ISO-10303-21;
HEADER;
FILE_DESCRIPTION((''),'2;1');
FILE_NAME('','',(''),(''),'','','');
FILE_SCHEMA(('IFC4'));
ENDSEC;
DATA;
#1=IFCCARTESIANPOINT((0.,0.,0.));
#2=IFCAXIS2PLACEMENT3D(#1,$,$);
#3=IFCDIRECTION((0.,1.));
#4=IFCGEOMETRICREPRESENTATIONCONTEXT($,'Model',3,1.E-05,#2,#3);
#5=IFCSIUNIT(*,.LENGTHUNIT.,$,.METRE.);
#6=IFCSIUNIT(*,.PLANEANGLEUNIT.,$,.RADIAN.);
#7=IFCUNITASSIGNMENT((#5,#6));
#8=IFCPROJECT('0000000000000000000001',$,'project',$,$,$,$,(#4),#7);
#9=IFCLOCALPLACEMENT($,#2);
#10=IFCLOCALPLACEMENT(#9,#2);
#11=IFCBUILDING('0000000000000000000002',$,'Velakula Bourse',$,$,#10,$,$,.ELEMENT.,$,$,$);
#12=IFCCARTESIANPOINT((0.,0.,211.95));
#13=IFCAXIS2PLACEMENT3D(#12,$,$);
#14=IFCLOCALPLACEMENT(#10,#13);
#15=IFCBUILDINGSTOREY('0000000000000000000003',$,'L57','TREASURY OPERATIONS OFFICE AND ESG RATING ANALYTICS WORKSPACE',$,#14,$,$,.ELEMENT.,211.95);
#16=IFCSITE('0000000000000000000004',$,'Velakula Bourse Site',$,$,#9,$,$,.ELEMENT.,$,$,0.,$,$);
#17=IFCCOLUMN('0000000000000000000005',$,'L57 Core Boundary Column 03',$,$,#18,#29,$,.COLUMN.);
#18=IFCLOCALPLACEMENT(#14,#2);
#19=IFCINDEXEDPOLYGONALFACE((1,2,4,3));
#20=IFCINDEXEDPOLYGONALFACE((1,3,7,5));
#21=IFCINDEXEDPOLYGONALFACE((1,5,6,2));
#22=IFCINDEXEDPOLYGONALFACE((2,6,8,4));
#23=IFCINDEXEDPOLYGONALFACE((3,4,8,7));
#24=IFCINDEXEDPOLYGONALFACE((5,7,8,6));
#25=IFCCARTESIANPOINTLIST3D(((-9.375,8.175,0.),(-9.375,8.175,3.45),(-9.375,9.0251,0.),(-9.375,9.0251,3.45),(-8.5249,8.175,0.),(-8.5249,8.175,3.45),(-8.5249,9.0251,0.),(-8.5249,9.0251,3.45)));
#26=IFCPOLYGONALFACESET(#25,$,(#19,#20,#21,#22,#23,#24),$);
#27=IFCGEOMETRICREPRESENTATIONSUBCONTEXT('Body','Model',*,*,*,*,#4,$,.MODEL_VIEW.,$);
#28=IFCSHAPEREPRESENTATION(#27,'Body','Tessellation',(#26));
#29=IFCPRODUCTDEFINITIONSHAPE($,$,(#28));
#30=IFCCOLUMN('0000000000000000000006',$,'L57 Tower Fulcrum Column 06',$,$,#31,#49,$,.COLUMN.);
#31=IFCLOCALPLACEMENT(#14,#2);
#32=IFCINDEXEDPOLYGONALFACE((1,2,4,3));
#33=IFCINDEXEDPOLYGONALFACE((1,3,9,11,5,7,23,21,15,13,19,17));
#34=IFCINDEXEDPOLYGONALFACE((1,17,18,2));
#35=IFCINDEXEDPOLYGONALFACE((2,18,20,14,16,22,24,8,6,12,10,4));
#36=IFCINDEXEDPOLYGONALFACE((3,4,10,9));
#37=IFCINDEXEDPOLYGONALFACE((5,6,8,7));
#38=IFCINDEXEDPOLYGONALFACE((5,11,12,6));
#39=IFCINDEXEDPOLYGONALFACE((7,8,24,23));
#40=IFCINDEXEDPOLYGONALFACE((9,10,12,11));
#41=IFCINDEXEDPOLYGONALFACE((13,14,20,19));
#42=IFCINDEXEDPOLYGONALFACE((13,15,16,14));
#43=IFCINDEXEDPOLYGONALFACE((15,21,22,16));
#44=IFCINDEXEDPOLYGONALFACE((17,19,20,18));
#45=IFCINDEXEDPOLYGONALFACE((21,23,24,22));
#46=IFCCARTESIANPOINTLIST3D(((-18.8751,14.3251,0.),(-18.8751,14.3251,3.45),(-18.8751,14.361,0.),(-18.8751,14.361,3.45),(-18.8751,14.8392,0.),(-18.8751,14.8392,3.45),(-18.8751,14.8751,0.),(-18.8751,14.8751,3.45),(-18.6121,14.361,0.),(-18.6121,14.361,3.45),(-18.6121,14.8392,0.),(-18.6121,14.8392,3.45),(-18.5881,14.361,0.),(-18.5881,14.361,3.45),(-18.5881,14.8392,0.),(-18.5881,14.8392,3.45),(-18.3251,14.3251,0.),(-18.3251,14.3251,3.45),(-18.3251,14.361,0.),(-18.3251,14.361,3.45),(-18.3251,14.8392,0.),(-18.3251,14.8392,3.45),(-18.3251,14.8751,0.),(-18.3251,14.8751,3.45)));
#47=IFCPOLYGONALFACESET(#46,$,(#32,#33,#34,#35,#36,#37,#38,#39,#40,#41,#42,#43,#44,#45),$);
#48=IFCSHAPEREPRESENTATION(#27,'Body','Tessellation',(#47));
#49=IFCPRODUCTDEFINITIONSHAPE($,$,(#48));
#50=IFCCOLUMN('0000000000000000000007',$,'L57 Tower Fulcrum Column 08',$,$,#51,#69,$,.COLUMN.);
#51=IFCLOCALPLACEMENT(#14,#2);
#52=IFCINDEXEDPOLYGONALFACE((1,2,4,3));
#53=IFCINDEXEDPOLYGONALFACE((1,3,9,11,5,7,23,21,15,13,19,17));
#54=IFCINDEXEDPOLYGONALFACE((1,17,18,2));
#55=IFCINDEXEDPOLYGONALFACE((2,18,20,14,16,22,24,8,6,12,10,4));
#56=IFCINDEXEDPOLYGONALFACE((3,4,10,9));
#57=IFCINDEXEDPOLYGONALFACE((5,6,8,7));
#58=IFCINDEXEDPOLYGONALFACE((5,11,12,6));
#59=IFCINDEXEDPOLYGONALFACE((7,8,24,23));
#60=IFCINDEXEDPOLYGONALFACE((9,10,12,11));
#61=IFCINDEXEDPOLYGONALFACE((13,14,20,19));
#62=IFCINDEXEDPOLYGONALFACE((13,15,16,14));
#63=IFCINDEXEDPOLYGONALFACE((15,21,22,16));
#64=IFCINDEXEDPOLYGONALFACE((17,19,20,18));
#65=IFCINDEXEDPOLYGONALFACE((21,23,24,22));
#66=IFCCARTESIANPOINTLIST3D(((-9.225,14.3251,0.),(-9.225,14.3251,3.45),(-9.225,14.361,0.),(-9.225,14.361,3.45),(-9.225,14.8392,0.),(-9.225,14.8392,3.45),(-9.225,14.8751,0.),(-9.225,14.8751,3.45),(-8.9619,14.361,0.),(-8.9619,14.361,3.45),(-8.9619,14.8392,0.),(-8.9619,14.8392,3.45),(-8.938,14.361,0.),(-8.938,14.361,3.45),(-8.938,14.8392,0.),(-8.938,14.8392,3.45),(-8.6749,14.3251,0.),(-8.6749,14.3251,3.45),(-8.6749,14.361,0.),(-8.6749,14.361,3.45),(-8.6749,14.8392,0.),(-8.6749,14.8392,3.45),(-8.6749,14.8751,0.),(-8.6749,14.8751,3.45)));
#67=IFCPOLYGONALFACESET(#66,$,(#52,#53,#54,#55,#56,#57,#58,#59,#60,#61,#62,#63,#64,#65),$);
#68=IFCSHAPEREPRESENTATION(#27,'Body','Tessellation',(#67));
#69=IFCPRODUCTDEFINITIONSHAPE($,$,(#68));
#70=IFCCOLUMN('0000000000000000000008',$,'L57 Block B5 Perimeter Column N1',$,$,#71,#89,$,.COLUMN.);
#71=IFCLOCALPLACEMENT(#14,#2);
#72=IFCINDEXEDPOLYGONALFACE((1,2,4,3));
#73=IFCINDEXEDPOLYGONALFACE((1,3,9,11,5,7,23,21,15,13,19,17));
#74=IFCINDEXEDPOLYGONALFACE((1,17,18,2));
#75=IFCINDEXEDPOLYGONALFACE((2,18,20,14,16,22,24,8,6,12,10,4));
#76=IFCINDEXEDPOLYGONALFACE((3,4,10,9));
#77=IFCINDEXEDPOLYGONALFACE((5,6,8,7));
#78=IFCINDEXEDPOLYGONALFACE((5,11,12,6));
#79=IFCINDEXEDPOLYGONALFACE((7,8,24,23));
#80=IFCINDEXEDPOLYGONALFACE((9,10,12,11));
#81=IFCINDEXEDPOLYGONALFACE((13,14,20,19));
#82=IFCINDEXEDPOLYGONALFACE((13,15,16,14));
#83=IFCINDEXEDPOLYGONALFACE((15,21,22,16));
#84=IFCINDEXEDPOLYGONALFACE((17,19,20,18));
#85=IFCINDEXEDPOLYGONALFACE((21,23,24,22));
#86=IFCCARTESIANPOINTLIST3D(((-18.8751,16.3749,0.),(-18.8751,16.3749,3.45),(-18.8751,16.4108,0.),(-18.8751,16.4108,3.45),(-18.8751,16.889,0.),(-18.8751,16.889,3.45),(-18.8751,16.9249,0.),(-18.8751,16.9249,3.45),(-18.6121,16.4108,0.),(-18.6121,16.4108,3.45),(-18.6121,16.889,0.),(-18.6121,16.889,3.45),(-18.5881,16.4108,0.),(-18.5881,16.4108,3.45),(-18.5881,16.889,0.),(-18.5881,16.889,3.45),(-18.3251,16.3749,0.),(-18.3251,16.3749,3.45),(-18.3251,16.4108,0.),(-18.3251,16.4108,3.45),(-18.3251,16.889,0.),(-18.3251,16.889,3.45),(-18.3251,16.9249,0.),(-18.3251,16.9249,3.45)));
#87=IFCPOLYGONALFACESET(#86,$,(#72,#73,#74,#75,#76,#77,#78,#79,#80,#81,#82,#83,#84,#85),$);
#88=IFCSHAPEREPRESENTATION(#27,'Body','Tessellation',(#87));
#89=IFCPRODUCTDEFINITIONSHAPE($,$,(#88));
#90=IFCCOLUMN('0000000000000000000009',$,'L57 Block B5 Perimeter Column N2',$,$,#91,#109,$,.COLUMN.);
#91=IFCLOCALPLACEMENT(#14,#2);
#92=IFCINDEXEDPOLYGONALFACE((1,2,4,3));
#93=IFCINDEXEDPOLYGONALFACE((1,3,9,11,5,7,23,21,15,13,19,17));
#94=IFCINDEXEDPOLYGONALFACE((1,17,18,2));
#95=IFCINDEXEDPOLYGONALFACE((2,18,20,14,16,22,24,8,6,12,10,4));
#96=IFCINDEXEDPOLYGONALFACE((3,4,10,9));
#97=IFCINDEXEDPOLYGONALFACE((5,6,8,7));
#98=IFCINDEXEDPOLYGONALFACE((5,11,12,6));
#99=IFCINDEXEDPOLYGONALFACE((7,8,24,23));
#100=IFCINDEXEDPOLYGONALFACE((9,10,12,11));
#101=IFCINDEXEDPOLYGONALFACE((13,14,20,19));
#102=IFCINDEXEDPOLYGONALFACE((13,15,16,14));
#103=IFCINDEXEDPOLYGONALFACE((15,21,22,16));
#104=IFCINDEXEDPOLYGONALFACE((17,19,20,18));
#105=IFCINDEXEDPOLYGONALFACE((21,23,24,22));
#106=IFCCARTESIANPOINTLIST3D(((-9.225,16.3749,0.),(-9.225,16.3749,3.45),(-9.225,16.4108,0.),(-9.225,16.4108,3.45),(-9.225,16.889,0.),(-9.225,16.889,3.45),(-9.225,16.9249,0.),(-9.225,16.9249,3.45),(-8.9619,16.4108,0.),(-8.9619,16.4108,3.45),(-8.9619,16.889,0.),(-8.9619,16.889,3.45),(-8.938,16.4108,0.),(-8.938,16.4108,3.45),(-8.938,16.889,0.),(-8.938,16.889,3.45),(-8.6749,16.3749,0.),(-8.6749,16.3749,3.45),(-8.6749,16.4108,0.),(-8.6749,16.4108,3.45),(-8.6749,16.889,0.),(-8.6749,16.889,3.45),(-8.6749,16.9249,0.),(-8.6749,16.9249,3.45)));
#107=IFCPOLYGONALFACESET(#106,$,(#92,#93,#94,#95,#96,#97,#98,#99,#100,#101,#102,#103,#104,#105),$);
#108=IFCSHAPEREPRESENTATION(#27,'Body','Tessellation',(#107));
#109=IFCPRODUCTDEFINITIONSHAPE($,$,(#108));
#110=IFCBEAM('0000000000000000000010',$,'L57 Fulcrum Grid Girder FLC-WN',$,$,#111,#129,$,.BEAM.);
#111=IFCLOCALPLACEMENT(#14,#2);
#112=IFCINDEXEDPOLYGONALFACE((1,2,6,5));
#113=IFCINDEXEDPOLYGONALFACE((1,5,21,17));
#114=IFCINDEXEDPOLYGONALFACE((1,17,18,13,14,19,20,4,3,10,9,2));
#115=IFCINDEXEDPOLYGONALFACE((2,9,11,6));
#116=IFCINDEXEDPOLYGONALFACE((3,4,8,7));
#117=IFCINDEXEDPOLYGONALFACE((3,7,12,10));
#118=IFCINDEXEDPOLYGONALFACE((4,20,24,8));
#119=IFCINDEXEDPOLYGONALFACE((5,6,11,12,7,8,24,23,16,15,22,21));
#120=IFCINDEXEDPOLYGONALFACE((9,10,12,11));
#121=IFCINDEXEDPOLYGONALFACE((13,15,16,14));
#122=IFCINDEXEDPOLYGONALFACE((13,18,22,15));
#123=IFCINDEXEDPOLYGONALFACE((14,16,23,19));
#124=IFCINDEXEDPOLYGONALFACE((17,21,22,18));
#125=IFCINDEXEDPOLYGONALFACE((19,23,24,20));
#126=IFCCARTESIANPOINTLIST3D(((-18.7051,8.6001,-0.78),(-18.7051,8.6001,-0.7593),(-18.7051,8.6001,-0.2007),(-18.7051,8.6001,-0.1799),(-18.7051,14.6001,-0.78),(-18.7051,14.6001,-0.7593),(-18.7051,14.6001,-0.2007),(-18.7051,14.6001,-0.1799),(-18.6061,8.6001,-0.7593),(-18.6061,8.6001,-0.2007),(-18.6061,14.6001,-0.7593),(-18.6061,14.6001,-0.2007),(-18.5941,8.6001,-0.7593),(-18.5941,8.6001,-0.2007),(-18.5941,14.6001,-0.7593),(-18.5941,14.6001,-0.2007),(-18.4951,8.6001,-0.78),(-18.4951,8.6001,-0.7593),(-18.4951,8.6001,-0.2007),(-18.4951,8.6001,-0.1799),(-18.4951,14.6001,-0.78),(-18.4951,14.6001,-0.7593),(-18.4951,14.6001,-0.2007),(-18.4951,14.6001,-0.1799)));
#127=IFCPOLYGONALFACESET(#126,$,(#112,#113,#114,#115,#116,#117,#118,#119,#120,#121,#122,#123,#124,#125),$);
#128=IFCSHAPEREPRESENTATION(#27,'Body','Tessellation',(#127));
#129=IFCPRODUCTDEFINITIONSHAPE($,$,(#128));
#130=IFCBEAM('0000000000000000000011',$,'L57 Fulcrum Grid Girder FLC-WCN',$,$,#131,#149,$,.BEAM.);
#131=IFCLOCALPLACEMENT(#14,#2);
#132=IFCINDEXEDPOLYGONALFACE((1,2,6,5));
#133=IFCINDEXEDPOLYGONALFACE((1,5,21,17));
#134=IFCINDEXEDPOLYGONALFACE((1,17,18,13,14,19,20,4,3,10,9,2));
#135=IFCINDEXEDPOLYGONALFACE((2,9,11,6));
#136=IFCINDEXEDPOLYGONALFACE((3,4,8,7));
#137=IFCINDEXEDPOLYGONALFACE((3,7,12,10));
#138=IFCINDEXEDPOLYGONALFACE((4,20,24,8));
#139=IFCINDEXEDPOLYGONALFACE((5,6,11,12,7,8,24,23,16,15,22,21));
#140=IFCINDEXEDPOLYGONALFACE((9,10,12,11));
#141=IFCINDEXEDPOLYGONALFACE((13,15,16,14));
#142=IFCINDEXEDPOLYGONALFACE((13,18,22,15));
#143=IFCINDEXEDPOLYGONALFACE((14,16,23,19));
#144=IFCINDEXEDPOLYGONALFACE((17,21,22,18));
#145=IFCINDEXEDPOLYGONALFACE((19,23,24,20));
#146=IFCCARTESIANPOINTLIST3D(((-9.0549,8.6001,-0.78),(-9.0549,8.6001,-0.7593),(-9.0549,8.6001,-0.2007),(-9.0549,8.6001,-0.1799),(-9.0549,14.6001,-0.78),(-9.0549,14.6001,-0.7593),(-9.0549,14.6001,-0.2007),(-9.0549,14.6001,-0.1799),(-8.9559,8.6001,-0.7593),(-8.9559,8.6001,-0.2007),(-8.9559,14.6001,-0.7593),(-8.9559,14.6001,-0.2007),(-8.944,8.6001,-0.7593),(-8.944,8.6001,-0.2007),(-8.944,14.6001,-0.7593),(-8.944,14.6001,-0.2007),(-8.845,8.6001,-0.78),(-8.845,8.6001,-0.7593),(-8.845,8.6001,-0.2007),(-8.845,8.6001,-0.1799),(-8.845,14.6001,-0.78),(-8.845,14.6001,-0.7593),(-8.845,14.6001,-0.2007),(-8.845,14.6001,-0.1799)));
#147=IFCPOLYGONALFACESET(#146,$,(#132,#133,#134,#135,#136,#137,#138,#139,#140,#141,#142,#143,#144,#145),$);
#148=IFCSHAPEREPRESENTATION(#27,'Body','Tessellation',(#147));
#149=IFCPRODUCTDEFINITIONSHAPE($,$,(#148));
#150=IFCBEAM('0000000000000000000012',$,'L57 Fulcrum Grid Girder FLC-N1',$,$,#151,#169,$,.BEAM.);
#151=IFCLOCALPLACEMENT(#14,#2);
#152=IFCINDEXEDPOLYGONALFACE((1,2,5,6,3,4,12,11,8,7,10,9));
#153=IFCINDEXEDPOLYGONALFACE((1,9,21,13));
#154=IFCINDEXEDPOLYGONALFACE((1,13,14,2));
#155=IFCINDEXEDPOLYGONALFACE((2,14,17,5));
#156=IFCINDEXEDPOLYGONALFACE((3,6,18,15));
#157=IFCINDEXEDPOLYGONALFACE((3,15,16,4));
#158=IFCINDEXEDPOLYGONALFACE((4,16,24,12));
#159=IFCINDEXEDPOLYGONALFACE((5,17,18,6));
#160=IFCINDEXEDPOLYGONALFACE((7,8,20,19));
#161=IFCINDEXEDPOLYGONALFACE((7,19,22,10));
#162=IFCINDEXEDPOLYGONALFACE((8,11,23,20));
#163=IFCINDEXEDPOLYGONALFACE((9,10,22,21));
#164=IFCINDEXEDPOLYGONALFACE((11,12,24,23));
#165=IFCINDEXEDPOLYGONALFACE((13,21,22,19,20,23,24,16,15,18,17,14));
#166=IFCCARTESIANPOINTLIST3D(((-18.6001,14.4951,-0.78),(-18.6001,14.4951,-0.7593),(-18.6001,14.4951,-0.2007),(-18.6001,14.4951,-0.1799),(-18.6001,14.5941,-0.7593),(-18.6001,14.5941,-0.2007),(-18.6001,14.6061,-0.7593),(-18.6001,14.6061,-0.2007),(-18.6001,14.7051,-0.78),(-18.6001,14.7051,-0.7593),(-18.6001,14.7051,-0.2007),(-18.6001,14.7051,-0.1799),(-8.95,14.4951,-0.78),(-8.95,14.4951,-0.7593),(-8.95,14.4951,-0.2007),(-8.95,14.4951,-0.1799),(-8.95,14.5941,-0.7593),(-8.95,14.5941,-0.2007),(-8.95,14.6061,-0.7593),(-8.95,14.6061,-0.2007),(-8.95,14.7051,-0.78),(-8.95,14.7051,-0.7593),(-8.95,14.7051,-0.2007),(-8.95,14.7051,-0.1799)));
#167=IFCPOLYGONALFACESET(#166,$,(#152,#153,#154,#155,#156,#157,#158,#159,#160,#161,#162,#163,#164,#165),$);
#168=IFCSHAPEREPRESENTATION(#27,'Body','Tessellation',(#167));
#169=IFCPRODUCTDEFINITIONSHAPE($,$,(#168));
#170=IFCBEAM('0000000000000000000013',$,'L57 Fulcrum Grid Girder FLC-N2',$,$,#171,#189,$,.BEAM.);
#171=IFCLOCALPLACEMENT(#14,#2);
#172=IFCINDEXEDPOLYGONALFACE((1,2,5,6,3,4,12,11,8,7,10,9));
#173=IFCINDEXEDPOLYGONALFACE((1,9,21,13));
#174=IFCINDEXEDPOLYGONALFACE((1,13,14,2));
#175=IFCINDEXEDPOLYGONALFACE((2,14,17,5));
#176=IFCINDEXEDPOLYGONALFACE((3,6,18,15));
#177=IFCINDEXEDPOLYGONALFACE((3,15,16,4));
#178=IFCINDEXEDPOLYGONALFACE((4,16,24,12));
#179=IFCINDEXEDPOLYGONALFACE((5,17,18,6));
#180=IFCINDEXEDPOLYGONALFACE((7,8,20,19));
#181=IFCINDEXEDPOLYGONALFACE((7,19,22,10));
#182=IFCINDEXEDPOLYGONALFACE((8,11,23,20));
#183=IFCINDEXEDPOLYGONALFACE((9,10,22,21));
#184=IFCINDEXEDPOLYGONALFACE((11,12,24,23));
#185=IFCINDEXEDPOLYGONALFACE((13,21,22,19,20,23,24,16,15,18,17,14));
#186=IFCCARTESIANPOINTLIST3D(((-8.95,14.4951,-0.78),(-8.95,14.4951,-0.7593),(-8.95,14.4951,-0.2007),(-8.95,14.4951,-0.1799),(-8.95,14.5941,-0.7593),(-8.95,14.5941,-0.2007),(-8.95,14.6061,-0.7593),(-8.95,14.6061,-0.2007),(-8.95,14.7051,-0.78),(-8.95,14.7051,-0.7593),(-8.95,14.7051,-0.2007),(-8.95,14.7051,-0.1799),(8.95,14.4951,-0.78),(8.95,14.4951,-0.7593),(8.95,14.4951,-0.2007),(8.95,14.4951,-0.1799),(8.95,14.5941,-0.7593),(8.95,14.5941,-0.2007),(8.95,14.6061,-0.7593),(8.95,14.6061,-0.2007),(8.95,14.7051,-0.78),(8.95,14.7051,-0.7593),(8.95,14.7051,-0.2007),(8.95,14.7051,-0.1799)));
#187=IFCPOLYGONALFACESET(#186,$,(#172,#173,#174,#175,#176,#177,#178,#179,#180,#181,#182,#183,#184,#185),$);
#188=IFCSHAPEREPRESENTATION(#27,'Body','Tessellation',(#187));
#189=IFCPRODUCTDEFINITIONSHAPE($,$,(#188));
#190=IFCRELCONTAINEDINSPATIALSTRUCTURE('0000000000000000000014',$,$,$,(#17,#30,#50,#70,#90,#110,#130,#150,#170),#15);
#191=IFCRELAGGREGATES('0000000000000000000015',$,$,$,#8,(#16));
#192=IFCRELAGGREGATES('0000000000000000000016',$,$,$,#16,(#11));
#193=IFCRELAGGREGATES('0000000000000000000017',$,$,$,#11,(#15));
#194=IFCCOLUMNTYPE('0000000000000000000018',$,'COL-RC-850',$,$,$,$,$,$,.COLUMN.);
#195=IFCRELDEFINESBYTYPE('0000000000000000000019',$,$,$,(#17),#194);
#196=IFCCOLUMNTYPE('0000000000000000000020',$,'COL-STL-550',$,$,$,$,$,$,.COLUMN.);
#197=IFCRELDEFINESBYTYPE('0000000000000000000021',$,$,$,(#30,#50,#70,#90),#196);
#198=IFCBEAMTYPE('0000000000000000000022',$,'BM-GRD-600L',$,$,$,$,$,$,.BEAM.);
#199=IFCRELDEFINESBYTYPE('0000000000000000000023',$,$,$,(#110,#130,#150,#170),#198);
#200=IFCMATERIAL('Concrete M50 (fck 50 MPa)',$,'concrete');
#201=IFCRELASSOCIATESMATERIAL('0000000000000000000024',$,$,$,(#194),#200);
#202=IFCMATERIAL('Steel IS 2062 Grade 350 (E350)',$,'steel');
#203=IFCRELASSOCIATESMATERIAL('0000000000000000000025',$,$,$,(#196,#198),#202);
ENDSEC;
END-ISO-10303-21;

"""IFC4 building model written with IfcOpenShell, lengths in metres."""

from ifc_helpers import new_model, si_unit, direction, frame, origin, origin_2d, place, context, subcontext, project, spatial, rectangle, i_section, extrude, material, material_profile, profile_set, type_object, element, save


model = new_model("IFC4")

# Units and contexts
model_context = context("Model", 3, precision=1e-05, world=origin(), true_north=direction((0.0, 1.0)))
body_context = subcontext(model_context, "Body", "Model", "MODEL_VIEW")
ifc_project = project(units=[si_unit("LENGTHUNIT", "METRE"), si_unit("PLANEANGLEUNIT", "RADIAN")], contexts=[model_context])

# Site, building, storey
site_placement = place(None, origin())
site = spatial("IfcSite", under=ifc_project, at=site_placement, Name="Velakula Bourse Site", CompositionType="ELEMENT", RefElevation=0.0)
building_placement = place(site_placement, origin())
building = spatial("IfcBuilding", under=site, at=building_placement, Name="Velakula Bourse", CompositionType="ELEMENT")
storey_placement = place(building_placement, frame((0.0, 0.0, 211.95)))
storey = spatial("IfcBuildingStorey", under=building, at=storey_placement, Name="L57", Description="TREASURY OPERATIONS OFFICE AND ESG RATING ANALYTICS WORKSPACE", CompositionType="ELEMENT", Elevation=211.95)

# Columns
ifc_material_1 = material(Name="Concrete M50 (fck 50 MPa)", Category="concrete")
ifc_material_profile_1 = material_profile(ifc_material_1, rectangle(XDim=0.8501, YDim=0.8501, at=origin_2d()), Name="Concrete M50 (fck 50 MPa)")
ifc_profile_set_1 = profile_set([ifc_material_profile_1], Name="Concrete M50 (fck 50 MPa)")
column_type_1 = type_object("IfcColumnType", Name="COL-RC-850", PredefinedType="COLUMN", material=ifc_profile_set_1)
column_placement = place(storey_placement, frame((-8.95, 8.6001, 0.0), z_axis=(0.0, 0.0, 1.0), x_axis=(1.0, 0.0, 0.0)))
element("IfcColumn", 1, at=column_placement, inside=storey, type_object=column_type_1, Name="L57 Core Boundary Column 03", PredefinedType="COLUMN", context=body_context, shape_type="SweptSolid", body=[
    extrude(rectangle(XDim=0.8501, YDim=0.8501, at=origin_2d()), origin(), (0.0, 0.0, 1.0), 3.45),
])
ifc_material_2 = material(Name="Steel IS 2062 Grade 350 (E350)", Category="steel")
ifc_material_profile_2 = material_profile(ifc_material_2, i_section(OverallWidth=0.55, OverallDepth=0.55, WebThickness=0.0239, FlangeThickness=0.0359, at=origin_2d()), Name="Steel IS 2062 Grade 350 (E350)")
ifc_profile_set_2 = profile_set([ifc_material_profile_2], Name="Steel IS 2062 Grade 350 (E350)")
column_type_2 = type_object("IfcColumnType", Name="COL-STL-550", PredefinedType="COLUMN", material=ifc_profile_set_2)
for number, where, z_axis, x_axis, name in (
    (2, (-18.6001, 14.6001, 0.0), (0.0, 0.0, 1.0), (1.0, 0.0, 0.0), "L57 Tower Fulcrum Column 06"),
    (3, (-8.95, 14.6001, 0.0), (0.0, 0.0, 1.0), (1.0, 0.0, 0.0), "L57 Tower Fulcrum Column 08"),
    (4, (-18.6001, 16.6499, 0.0), (0.0, 0.0, 1.0), (1.0, 0.0, 0.0), "L57 Block B5 Perimeter Column N1"),
    (5, (-8.95, 16.6499, 0.0), (0.0, 0.0, 1.0), (1.0, 0.0, 0.0), "L57 Block B5 Perimeter Column N2"),
):
    element("IfcColumn", number, at=place(storey_placement, frame(where, z_axis=z_axis, x_axis=x_axis)), inside=storey, type_object=column_type_2, Name=name, PredefinedType="COLUMN", context=body_context, shape_type="SweptSolid", body=[
        extrude(i_section(OverallWidth=0.55, OverallDepth=0.55, WebThickness=0.0239, FlangeThickness=0.0359, at=origin_2d()), origin(), (0.0, 0.0, 1.0), 3.45),
    ])

# Beams
ifc_material_profile_3 = material_profile(ifc_material_2, i_section(OverallWidth=0.21, OverallDepth=0.6001, WebThickness=0.012, FlangeThickness=0.0208, at=origin_2d()), Name="Steel IS 2062 Grade 350 (E350)")
ifc_profile_set_3 = profile_set([ifc_material_profile_3], Name="Steel IS 2062 Grade 350 (E350)")
beam_type_1 = type_object("IfcBeamType", Name="BM-GRD-600L", PredefinedType="BEAM", material=ifc_profile_set_3)
for number, where, z_axis, x_axis, name in (
    (6, (-18.6001, 8.6001, -0.48), (0.0, 1.0, 0.0), (-1.0, 0.0, 0.0), "L57 Fulcrum Grid Girder FLC-WN"),
    (7, (-8.95, 8.6001, -0.48), (0.0, 1.0, 0.0), (-1.0, 0.0, 0.0), "L57 Fulcrum Grid Girder FLC-WCN"),
):
    element("IfcBeam", number, at=place(storey_placement, frame(where, z_axis=z_axis, x_axis=x_axis)), inside=storey, type_object=beam_type_1, Name=name, PredefinedType="BEAM", context=body_context, shape_type="SweptSolid", body=[
        extrude(i_section(OverallWidth=0.21, OverallDepth=0.6001, WebThickness=0.012, FlangeThickness=0.0208, at=origin_2d()), origin(), (0.0, 0.0, 1.0), 6.0),
    ])
beam_1_placement = place(storey_placement, frame((-18.6001, 14.6001, -0.48), z_axis=(1.0, 0.0, 0.0), x_axis=(0.0, 1.0, 0.0)))
element("IfcBeam", 8, at=beam_1_placement, inside=storey, type_object=beam_type_1, Name="L57 Fulcrum Grid Girder FLC-N1", PredefinedType="BEAM", context=body_context, shape_type="SweptSolid", body=[
    extrude(i_section(OverallWidth=0.21, OverallDepth=0.6001, WebThickness=0.012, FlangeThickness=0.0208, at=origin_2d()), origin(), (0.0, 0.0, 1.0), 9.6501),
])
beam_2_placement = place(storey_placement, frame((-8.95, 14.6001, -0.48), z_axis=(1.0, 0.0, 0.0), x_axis=(0.0, 1.0, 0.0)))
element("IfcBeam", 9, at=beam_2_placement, inside=storey, type_object=beam_type_1, Name="L57 Fulcrum Grid Girder FLC-N2", PredefinedType="BEAM", context=body_context, shape_type="SweptSolid", body=[
    extrude(i_section(OverallWidth=0.21, OverallDepth=0.6001, WebThickness=0.012, FlangeThickness=0.0208, at=origin_2d()), origin(), (0.0, 0.0, 1.0), 17.8999),
])

save(model, "model.ifc")
